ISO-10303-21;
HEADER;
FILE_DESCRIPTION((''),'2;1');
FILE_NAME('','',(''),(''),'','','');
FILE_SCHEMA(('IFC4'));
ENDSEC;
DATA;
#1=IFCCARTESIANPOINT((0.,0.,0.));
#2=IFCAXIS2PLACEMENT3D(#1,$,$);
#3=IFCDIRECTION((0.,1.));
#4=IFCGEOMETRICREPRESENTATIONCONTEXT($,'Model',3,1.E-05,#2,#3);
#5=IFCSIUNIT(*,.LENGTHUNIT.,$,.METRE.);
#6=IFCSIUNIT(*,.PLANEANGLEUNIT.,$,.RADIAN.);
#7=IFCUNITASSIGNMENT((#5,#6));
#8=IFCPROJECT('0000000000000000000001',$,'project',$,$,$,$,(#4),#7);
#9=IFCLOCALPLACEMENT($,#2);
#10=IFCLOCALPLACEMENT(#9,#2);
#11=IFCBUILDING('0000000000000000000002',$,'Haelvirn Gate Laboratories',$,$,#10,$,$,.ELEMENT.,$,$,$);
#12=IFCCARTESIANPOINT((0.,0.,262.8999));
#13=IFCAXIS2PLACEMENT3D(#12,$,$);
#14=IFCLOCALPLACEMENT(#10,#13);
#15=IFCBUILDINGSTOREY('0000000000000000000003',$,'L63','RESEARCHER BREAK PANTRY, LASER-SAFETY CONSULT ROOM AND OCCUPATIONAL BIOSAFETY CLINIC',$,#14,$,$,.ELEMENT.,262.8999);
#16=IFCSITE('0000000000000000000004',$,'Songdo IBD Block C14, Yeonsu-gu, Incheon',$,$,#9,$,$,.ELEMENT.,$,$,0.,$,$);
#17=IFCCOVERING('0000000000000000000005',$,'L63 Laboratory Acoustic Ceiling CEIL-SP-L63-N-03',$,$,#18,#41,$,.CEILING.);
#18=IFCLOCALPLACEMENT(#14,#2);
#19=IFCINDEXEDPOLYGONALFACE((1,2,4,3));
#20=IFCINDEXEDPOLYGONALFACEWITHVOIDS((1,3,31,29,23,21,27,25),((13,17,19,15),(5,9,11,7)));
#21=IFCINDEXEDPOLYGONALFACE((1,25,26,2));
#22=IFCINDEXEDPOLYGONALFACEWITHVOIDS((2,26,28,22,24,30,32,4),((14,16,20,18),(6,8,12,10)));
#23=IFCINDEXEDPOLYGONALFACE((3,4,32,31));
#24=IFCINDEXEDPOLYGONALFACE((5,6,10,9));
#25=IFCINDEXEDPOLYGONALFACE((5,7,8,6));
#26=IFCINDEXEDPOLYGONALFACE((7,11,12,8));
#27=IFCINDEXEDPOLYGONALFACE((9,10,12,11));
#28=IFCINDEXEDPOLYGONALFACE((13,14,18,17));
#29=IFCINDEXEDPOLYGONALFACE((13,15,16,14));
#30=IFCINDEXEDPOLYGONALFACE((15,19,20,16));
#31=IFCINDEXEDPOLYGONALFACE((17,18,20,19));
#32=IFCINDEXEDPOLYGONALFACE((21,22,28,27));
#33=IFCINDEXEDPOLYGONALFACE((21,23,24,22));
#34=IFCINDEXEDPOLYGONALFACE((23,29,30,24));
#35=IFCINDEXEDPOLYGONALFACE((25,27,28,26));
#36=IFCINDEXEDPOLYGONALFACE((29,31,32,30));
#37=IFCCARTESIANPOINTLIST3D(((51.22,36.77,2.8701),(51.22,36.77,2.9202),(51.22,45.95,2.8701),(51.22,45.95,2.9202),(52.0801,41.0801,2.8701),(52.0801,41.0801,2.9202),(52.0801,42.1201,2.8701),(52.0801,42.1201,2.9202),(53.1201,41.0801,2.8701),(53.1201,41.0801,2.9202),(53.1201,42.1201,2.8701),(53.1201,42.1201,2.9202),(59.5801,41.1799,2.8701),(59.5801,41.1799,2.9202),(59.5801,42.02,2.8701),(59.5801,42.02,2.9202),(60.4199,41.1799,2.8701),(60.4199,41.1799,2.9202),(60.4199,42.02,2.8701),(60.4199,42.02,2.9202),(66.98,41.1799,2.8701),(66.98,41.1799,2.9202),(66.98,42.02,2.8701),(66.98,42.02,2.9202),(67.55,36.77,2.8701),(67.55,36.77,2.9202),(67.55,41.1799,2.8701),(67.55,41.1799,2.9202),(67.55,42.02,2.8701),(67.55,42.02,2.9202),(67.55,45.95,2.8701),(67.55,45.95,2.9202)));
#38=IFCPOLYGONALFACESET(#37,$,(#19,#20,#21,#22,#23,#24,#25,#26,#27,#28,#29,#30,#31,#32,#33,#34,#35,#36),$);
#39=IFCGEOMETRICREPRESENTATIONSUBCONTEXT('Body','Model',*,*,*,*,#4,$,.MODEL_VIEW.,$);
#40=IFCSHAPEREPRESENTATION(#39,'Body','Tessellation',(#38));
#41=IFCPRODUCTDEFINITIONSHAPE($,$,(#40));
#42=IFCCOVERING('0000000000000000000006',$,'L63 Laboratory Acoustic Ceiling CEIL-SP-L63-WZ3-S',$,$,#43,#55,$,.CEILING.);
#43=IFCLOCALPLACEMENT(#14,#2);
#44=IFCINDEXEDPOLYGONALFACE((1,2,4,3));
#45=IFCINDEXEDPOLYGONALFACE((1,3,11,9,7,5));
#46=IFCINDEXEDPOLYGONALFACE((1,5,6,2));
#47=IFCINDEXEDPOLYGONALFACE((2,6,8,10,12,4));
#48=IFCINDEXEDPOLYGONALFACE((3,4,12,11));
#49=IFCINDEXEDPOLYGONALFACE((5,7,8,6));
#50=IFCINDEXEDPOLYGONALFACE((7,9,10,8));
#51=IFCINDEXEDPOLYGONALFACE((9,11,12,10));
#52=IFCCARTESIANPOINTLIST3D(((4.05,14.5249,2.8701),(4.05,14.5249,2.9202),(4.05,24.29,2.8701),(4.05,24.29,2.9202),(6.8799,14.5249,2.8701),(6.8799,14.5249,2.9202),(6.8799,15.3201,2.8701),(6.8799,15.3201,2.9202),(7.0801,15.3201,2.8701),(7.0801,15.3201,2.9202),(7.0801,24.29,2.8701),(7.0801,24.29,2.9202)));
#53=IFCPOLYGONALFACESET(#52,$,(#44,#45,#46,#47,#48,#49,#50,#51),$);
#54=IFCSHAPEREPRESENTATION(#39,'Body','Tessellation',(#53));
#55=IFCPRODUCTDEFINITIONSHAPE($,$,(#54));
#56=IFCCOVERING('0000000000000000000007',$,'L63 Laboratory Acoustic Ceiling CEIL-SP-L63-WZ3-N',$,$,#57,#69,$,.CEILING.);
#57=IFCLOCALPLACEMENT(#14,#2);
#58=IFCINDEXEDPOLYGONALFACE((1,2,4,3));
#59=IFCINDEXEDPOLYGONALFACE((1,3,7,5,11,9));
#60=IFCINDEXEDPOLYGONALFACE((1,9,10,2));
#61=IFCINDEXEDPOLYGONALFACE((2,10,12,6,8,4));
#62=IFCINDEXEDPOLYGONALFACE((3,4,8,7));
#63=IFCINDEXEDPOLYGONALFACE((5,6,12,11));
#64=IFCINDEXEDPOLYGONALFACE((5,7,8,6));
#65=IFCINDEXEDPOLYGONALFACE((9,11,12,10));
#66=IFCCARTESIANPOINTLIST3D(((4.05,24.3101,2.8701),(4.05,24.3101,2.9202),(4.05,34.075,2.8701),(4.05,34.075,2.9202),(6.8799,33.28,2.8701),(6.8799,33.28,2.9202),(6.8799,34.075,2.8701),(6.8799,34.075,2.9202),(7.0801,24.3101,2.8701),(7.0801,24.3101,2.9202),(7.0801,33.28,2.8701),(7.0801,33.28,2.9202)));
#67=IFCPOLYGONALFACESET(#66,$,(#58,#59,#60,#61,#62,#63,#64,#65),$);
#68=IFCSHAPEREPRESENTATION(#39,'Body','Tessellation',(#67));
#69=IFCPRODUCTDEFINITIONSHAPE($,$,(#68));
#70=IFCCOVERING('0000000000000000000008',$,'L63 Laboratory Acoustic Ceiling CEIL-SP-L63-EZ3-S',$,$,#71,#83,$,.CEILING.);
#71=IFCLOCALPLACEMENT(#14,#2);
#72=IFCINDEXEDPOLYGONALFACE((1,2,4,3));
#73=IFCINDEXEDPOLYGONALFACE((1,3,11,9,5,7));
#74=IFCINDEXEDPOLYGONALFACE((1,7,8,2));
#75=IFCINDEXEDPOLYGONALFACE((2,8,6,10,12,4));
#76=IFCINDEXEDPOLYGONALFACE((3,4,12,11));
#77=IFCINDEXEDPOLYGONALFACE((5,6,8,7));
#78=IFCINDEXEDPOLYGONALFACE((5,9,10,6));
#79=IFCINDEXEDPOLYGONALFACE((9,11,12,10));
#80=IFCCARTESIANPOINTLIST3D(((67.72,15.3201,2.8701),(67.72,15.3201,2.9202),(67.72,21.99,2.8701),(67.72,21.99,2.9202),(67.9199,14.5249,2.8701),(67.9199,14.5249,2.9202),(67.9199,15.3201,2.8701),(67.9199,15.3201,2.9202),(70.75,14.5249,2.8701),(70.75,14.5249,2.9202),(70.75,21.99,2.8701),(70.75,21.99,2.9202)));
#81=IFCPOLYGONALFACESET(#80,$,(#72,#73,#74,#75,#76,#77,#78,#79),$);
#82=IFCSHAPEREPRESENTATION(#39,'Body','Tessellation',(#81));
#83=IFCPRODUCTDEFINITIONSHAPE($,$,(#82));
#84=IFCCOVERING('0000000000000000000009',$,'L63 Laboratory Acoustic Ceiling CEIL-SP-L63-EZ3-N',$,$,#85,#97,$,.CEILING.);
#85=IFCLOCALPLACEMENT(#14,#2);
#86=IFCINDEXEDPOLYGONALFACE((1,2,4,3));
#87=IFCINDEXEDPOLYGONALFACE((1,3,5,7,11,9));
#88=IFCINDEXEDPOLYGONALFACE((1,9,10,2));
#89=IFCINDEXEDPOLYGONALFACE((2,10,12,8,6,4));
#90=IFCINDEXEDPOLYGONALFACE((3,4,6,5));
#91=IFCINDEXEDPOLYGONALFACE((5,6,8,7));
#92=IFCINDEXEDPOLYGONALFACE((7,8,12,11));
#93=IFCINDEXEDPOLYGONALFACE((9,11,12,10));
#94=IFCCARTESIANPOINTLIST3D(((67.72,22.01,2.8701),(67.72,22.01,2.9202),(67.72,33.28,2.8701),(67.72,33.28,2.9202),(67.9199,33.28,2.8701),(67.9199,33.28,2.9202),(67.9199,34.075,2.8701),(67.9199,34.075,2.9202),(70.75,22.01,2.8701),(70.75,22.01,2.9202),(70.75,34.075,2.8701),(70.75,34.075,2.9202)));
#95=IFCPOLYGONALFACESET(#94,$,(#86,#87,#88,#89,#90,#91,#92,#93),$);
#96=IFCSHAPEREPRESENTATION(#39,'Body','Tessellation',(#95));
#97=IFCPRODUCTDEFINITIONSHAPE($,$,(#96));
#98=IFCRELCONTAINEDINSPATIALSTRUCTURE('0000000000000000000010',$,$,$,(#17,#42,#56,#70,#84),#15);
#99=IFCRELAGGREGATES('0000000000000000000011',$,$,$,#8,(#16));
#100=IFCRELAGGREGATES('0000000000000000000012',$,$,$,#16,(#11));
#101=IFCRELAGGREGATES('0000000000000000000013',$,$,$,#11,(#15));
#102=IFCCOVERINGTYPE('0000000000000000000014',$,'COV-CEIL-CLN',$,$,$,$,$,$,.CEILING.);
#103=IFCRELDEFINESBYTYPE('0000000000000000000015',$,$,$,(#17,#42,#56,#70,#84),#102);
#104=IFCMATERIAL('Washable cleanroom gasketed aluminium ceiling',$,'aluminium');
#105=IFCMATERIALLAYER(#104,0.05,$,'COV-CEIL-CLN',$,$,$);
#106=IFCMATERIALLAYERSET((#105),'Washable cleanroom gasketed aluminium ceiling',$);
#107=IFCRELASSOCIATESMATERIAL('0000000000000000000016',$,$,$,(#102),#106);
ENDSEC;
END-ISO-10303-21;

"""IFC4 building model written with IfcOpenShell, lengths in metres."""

from ifc_helpers import new_model, si_unit, direction, frame, origin, place, context, subcontext, project, spatial, polyline, outline, extrude, material, layer, layer_set, type_object, element, save


model = new_model("IFC4")

# Units and contexts
model_context = context("Model", 3, precision=1e-05, world=origin(), true_north=direction((0.0, 1.0)))
body_context = subcontext(model_context, "Body", "Model", "MODEL_VIEW")
ifc_project = project(units=[si_unit("LENGTHUNIT", "METRE"), si_unit("PLANEANGLEUNIT", "RADIAN")], contexts=[model_context])

# Site, building, storey
site_placement = place(None, origin())
site = spatial("IfcSite", under=ifc_project, at=site_placement, Name="Songdo IBD Block C14, Yeonsu-gu, Incheon", CompositionType="ELEMENT", RefElevation=0.0)
building_placement = place(site_placement, origin())
building = spatial("IfcBuilding", under=site, at=building_placement, Name="Haelvirn Gate Laboratories", CompositionType="ELEMENT")
storey_placement = place(building_placement, frame((0.0, 0.0, 262.8999)))
storey = spatial("IfcBuildingStorey", under=building, at=storey_placement, Name="L63", Description="RESEARCHER BREAK PANTRY, LASER-SAFETY CONSULT ROOM AND OCCUPATIONAL BIOSAFETY CLINIC", CompositionType="ELEMENT", Elevation=262.8999)

# Coverings
ifc_material_1 = material(Name="Washable cleanroom gasketed aluminium ceiling", Category="aluminium")
ifc_layer_1 = layer(ifc_material_1, 0.05, Name="COV-CEIL-CLN")
ifc_layer_set_1 = layer_set([ifc_layer_1], Name="Washable cleanroom gasketed aluminium ceiling")
covering_type = type_object("IfcCoveringType", Name="COV-CEIL-CLN", PredefinedType="CEILING", material=ifc_layer_set_1)
covering_1_placement = place(storey_placement, frame((0.0, 0.0, 2.8701)))
element("IfcCovering", 1, at=covering_1_placement, inside=storey, type_object=covering_type, Name="L63 Laboratory Acoustic Ceiling CEIL-SP-L63-N-03", PredefinedType="CEILING", context=body_context, shape_type="SweptSolid", body=[
    extrude(outline(polyline([(67.55, 36.77), (51.22, 36.77), (51.22, 45.95), (67.55, 45.95), (67.55, 42.02), (66.98, 42.02), (66.98, 41.1799), (67.55, 41.1799), (67.55, 36.77)]), holes=[polyline([(52.0801, 41.0801), (53.1201, 41.0801), (53.1201, 42.1201), (52.0801, 42.1201), (52.0801, 41.0801)]), polyline([(59.5801, 42.02), (59.5801, 41.1799), (60.4199, 41.1799), (60.4199, 42.02), (59.5801, 42.02)])]), origin(), (0.0, 0.0, 1.0), 0.05),
])
covering_2_placement = place(storey_placement, frame((0.0, 0.0, 2.8701)))
element("IfcCovering", 2, at=covering_2_placement, inside=storey, type_object=covering_type, Name="L63 Laboratory Acoustic Ceiling CEIL-SP-L63-WZ3-S", PredefinedType="CEILING", context=body_context, shape_type="SweptSolid", body=[
    extrude(outline(polyline([(7.0801, 24.29), (7.0801, 15.3201), (6.8799, 15.3201), (6.8799, 14.5249), (4.05, 14.5249), (4.05, 24.29), (7.0801, 24.29)])), origin(), (0.0, 0.0, 1.0), 0.05),
])
covering_3_placement = place(storey_placement, frame((0.0, 0.0, 2.8701)))
element("IfcCovering", 3, at=covering_3_placement, inside=storey, type_object=covering_type, Name="L63 Laboratory Acoustic Ceiling CEIL-SP-L63-WZ3-N", PredefinedType="CEILING", context=body_context, shape_type="SweptSolid", body=[
    extrude(outline(polyline([(6.8799, 34.075), (6.8799, 33.28), (7.0801, 33.28), (7.0801, 24.3101), (4.05, 24.3101), (4.05, 34.075), (6.8799, 34.075)])), origin(), (0.0, 0.0, 1.0), 0.05),
])
covering_4_placement = place(storey_placement, frame((0.0, 0.0, 2.8701)))
element("IfcCovering", 4, at=covering_4_placement, inside=storey, type_object=covering_type, Name="L63 Laboratory Acoustic Ceiling CEIL-SP-L63-EZ3-S", PredefinedType="CEILING", context=body_context, shape_type="SweptSolid", body=[
    extrude(outline(polyline([(70.75, 21.99), (70.75, 14.5249), (67.9199, 14.5249), (67.9199, 15.3201), (67.72, 15.3201), (67.72, 21.99), (70.75, 21.99)])), origin(), (0.0, 0.0, 1.0), 0.05),
])
covering_5_placement = place(storey_placement, frame((0.0, 0.0, 2.8701)))
element("IfcCovering", 5, at=covering_5_placement, inside=storey, type_object=covering_type, Name="L63 Laboratory Acoustic Ceiling CEIL-SP-L63-EZ3-N", PredefinedType="CEILING", context=body_context, shape_type="SweptSolid", body=[
    extrude(outline(polyline([(70.75, 34.075), (70.75, 22.01), (67.72, 22.01), (67.72, 33.28), (67.9199, 33.28), (67.9199, 34.075), (70.75, 34.075)])), origin(), (0.0, 0.0, 1.0), 0.05),
])

save(model, "model.ifc")
